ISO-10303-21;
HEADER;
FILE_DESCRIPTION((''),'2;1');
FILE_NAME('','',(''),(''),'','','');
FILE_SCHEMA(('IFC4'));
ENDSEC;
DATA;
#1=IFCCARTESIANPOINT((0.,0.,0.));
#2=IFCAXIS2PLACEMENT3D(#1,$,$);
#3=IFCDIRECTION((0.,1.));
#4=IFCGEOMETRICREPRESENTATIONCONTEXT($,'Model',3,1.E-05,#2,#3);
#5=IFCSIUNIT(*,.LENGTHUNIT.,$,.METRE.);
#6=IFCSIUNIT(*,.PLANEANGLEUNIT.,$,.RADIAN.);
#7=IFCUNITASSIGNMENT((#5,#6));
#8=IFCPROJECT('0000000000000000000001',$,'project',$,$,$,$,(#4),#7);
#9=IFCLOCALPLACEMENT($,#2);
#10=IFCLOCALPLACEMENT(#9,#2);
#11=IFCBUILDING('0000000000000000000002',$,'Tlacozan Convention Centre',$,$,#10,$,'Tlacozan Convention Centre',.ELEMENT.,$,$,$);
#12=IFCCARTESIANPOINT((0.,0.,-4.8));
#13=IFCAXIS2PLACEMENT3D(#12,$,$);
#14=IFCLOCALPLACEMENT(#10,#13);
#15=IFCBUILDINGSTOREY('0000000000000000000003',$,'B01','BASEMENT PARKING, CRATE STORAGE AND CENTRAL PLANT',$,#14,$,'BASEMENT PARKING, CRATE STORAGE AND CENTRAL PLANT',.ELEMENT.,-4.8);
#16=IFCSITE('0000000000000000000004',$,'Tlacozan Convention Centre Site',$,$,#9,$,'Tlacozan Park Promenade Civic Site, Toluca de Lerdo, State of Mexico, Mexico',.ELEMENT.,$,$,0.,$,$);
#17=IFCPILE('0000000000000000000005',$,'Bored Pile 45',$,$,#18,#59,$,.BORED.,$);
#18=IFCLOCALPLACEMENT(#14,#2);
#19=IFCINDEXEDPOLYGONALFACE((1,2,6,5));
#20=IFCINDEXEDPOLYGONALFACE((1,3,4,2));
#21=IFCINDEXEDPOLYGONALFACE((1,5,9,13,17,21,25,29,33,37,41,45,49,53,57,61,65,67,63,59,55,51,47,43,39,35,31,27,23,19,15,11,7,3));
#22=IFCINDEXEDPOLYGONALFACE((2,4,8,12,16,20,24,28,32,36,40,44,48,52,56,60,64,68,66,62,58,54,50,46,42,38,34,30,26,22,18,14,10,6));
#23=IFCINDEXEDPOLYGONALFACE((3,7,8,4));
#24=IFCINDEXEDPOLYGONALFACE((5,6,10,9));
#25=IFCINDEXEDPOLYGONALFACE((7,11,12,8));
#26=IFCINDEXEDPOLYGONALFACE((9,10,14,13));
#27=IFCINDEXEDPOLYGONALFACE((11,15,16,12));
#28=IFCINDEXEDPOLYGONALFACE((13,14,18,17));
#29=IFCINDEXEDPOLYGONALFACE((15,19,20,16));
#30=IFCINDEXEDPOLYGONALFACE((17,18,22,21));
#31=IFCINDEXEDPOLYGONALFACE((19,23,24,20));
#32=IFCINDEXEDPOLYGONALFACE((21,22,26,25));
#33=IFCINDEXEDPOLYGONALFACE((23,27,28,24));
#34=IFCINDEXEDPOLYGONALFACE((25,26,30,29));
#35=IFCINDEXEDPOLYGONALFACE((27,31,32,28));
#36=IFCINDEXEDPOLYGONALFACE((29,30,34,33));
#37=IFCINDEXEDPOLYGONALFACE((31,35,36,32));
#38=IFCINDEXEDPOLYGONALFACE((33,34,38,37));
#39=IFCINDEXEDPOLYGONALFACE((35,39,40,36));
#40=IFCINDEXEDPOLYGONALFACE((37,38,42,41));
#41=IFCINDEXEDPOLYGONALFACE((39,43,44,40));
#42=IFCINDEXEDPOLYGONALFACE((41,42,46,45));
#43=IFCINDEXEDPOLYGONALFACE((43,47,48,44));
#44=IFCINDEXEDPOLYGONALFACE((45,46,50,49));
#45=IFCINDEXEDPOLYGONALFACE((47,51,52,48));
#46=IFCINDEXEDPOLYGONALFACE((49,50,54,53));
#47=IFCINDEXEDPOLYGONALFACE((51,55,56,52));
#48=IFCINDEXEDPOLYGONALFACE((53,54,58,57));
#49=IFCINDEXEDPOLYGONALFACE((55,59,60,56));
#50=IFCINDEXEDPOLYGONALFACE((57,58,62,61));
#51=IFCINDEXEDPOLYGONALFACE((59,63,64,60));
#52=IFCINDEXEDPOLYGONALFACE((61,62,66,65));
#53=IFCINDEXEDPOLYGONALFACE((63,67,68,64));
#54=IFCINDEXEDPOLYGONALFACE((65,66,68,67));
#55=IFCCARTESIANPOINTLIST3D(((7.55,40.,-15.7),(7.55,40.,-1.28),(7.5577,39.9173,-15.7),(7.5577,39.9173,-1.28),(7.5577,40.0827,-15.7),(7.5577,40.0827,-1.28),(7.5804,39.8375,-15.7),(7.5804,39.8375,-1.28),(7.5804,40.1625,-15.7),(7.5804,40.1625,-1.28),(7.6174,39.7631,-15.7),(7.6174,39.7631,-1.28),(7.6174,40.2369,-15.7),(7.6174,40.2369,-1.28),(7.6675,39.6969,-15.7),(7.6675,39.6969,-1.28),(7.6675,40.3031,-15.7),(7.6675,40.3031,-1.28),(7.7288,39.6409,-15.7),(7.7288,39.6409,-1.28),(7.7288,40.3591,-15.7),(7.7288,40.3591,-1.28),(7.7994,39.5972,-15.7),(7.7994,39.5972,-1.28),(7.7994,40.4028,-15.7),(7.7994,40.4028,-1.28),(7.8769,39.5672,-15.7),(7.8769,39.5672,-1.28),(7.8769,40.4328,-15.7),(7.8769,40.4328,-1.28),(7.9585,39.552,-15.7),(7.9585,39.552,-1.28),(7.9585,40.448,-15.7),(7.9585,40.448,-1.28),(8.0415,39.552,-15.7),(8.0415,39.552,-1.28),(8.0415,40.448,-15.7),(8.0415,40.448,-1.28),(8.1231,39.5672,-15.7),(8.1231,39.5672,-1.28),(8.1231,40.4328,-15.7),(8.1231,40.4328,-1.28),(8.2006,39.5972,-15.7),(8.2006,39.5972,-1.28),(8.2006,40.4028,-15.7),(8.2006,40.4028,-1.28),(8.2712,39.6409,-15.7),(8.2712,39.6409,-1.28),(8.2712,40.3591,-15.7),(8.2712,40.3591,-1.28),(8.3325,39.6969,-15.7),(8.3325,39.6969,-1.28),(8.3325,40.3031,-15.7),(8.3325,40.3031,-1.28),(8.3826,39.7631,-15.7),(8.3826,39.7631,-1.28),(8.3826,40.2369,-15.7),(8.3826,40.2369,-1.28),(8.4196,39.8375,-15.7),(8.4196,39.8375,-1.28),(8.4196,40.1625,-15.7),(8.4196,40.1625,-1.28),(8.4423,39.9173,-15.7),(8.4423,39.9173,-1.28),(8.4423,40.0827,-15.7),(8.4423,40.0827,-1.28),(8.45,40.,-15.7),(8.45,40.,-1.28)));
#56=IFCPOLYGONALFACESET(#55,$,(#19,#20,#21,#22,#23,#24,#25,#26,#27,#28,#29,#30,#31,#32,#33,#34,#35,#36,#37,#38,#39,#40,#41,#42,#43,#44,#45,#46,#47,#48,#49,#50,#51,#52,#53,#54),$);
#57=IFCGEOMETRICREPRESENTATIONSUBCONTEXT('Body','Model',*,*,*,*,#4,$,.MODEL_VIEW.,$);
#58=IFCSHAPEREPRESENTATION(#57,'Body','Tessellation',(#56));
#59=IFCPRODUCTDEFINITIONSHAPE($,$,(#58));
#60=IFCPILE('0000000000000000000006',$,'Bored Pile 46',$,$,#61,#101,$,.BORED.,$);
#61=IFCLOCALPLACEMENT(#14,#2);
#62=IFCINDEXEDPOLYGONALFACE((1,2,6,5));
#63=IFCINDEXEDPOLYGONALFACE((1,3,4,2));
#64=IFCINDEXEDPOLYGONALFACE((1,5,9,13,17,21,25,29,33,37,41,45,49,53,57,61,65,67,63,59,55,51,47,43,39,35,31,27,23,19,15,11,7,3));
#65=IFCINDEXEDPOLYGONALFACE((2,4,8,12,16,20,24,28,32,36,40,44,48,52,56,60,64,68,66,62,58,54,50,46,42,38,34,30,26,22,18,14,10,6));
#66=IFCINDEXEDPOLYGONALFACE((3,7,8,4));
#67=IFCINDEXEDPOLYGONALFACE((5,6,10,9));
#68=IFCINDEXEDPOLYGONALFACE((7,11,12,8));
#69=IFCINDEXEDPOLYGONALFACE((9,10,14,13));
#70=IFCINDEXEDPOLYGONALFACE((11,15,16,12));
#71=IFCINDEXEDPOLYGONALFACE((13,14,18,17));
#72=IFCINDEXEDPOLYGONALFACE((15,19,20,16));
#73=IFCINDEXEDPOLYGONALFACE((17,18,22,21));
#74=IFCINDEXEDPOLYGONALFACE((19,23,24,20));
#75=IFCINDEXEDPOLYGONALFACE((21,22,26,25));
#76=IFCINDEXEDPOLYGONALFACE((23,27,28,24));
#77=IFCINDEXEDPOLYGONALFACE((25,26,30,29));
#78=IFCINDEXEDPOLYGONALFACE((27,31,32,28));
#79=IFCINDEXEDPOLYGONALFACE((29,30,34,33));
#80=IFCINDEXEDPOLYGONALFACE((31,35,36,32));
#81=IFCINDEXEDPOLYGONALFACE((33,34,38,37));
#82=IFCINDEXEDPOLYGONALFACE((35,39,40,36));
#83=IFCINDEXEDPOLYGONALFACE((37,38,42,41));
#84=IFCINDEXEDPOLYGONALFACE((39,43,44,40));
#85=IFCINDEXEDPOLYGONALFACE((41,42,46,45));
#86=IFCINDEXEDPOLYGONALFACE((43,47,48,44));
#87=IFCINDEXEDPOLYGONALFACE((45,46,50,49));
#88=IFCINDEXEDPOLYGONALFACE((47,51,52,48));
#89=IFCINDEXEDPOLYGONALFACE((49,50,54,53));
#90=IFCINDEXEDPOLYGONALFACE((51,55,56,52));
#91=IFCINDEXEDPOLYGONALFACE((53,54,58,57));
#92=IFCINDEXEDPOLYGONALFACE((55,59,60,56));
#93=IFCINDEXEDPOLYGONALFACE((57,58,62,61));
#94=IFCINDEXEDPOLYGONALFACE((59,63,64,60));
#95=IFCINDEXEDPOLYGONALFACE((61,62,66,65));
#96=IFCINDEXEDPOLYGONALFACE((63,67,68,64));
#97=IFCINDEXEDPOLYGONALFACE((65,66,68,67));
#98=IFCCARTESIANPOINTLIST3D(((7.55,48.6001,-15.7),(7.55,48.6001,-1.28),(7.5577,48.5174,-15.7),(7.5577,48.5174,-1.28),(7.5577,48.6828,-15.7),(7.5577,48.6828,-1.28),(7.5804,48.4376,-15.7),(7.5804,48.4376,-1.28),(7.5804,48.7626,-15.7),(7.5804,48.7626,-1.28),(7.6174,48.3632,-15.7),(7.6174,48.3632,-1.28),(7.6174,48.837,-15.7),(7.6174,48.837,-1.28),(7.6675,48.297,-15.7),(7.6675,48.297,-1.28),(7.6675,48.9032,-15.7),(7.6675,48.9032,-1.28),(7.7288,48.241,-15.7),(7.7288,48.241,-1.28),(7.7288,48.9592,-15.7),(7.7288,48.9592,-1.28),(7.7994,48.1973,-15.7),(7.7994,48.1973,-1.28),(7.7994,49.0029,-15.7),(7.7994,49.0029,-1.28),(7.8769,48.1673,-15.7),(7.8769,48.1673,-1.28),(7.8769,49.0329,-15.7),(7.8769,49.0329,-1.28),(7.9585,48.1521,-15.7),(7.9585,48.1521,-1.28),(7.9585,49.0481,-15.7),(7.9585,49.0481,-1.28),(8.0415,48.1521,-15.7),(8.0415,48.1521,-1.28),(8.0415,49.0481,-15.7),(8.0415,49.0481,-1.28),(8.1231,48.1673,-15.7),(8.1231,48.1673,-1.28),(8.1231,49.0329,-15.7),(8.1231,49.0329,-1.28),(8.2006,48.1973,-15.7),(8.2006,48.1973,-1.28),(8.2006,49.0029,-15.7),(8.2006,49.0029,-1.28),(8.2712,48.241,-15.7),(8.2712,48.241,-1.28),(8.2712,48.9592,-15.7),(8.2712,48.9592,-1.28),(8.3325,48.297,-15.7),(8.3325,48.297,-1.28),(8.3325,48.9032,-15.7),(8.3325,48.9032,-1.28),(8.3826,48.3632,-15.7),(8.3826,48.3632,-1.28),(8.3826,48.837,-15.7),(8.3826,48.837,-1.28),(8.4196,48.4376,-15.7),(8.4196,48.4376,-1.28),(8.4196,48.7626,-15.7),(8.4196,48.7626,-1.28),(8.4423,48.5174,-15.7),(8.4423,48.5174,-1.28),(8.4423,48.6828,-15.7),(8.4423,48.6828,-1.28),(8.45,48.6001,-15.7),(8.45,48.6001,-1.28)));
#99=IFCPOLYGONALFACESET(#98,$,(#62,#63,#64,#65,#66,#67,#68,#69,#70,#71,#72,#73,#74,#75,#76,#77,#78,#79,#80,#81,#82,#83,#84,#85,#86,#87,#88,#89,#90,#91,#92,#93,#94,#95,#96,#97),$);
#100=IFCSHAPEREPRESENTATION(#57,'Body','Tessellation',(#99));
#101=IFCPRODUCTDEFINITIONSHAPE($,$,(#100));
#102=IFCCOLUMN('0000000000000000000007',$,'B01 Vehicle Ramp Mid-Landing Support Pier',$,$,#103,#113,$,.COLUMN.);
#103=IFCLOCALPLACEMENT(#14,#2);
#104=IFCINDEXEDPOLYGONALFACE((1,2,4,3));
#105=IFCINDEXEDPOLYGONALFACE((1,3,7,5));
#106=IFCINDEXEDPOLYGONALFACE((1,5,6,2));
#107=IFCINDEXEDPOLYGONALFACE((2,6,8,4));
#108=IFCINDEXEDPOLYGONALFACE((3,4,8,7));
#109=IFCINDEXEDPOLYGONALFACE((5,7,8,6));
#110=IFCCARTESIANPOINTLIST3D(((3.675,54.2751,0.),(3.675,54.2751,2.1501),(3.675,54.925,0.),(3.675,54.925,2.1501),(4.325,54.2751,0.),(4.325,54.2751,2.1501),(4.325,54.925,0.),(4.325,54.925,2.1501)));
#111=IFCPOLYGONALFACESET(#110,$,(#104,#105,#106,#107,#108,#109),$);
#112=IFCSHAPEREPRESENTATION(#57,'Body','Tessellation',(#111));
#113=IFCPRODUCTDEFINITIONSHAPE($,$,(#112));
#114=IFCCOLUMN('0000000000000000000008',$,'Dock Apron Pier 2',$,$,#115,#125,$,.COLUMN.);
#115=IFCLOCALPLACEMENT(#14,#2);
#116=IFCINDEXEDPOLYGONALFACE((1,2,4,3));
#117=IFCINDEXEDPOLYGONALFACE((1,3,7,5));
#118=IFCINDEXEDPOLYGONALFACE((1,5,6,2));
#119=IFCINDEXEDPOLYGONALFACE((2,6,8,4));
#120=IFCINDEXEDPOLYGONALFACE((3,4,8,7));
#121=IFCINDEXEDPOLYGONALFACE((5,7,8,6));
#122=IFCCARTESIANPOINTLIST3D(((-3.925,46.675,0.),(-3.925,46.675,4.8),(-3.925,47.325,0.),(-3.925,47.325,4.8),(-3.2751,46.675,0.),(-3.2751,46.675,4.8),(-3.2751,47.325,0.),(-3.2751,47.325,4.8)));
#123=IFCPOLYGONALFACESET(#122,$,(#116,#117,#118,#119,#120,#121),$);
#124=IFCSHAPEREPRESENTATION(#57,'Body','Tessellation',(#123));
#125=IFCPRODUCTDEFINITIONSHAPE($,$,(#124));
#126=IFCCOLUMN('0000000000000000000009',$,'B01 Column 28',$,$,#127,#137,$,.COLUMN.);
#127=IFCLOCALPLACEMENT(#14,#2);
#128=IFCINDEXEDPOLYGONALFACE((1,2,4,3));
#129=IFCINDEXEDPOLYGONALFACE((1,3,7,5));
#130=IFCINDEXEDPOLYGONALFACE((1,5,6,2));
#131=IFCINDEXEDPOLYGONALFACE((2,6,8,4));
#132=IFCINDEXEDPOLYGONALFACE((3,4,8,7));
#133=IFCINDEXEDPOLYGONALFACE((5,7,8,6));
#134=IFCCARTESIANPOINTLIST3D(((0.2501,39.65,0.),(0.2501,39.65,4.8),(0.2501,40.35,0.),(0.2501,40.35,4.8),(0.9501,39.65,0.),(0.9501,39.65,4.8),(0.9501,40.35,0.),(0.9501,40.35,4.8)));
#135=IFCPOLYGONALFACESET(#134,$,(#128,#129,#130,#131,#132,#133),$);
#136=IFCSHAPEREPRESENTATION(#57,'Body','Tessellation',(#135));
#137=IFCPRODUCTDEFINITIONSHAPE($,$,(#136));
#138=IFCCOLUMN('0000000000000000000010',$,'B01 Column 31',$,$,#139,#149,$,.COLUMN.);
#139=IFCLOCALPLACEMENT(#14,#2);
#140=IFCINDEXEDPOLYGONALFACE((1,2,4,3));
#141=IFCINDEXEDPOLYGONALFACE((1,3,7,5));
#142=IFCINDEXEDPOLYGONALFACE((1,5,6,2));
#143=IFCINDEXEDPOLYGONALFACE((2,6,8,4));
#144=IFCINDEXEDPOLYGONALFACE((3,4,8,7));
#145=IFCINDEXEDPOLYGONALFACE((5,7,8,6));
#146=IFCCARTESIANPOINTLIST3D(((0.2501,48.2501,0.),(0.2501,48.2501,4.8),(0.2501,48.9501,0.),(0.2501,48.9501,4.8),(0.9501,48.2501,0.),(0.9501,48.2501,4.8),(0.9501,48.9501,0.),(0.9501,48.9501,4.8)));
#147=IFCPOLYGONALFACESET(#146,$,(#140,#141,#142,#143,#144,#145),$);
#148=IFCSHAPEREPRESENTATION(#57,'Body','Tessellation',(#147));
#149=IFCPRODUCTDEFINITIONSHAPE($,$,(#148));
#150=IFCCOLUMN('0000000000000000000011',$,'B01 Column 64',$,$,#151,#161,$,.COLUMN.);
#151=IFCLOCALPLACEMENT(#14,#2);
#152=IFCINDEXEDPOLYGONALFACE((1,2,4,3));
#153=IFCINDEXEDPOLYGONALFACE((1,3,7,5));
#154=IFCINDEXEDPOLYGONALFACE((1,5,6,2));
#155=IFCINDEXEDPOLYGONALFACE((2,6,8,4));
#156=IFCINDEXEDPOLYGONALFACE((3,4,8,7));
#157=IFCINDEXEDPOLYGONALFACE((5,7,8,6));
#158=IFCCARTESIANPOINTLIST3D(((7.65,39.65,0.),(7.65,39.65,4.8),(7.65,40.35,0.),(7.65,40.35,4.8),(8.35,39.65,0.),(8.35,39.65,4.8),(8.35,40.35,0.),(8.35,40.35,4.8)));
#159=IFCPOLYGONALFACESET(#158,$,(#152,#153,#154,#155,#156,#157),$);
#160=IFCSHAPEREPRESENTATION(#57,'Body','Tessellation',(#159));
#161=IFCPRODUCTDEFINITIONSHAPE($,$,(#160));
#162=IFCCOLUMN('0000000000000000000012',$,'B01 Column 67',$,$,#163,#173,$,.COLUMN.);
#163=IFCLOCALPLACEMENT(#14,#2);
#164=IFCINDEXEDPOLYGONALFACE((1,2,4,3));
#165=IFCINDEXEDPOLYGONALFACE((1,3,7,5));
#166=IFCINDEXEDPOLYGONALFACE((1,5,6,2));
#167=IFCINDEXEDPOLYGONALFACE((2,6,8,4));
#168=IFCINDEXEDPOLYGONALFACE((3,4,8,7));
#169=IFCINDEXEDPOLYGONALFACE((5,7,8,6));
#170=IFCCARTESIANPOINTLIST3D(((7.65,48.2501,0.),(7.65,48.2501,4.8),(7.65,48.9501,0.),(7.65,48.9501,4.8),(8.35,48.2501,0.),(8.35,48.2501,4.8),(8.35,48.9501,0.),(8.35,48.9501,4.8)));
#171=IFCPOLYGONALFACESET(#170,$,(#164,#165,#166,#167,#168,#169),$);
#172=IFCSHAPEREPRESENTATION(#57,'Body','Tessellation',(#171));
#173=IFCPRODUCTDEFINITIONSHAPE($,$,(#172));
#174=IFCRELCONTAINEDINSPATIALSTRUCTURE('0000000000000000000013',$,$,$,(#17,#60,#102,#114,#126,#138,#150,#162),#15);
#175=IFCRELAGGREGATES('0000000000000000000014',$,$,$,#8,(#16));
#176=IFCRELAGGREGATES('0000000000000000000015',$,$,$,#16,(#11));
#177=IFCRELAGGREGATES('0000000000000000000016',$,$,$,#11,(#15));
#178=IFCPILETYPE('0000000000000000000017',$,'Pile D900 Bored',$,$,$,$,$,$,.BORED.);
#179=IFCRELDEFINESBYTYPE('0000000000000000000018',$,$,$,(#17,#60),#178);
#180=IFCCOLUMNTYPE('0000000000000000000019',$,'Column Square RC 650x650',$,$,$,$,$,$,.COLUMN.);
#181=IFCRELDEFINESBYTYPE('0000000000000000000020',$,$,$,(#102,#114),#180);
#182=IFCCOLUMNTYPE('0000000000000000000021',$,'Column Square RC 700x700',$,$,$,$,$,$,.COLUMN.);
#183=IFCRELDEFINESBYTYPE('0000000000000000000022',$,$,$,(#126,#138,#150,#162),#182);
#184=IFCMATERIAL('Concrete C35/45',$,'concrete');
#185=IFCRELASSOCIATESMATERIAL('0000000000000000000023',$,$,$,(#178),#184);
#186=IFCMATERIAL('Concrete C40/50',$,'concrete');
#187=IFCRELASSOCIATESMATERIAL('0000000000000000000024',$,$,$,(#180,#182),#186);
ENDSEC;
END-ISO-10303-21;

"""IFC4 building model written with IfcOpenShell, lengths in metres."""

from ifc_helpers import new_model, si_unit, direction, frame, origin, origin_2d, place, context, subcontext, project, spatial, rectangle, circle, extrude, material, material_profile, profile_set, type_object, element, save


model = new_model("IFC4")

# Units and contexts
model_context = context("Model", 3, precision=1e-05, world=origin(), true_north=direction((0.0, 1.0)))
body_context = subcontext(model_context, "Body", "Model", "MODEL_VIEW")
ifc_project = project(units=[si_unit("LENGTHUNIT", "METRE"), si_unit("PLANEANGLEUNIT", "RADIAN")], contexts=[model_context])

# Site, building, storey
site_placement = place(None, origin())
site = spatial("IfcSite", under=ifc_project, at=site_placement, Name="Tlacozan Convention Centre Site", LongName="Tlacozan Park Promenade Civic Site, Toluca de Lerdo, State of Mexico, Mexico", CompositionType="ELEMENT", RefElevation=0.0)
building_placement = place(site_placement, origin())
building = spatial("IfcBuilding", under=site, at=building_placement, Name="Tlacozan Convention Centre", LongName="Tlacozan Convention Centre", CompositionType="ELEMENT")
storey_placement = place(building_placement, frame((0.0, 0.0, -4.8)))
storey = spatial("IfcBuildingStorey", under=building, at=storey_placement, Name="B01", Description="BASEMENT PARKING, CRATE STORAGE AND CENTRAL PLANT", LongName="BASEMENT PARKING, CRATE STORAGE AND CENTRAL PLANT", CompositionType="ELEMENT", Elevation=-4.8)

# Shared definitions
ifc_material_1 = material(Name="Concrete C35/45", Category="concrete")

# Piles
ifc_material_profile_1 = material_profile(ifc_material_1, circle(Radius=0.45, at=origin_2d()), Name="PILE D900")
ifc_profile_set_1 = profile_set([ifc_material_profile_1], Name="Concrete C35/45")
pile_type = type_object("IfcPileType", Name="Pile D900 Bored", PredefinedType="BORED", material=ifc_profile_set_1)
for number, where, z_axis, x_axis, name in (
    (1, (8.0, 40.0, -1.28), (0.0, 0.0, -1.0), (1.0, 0.0, 0.0), "Bored Pile 45"),
    (2, (8.0, 48.6001, -1.28), (0.0, 0.0, -1.0), (1.0, 0.0, 0.0), "Bored Pile 46"),
):
    element("IfcPile", number, at=place(storey_placement, frame(where, z_axis=z_axis, x_axis=x_axis)), inside=storey, type_object=pile_type, Name=name, PredefinedType="BORED", context=body_context, shape_type="SweptSolid", body=[
        extrude(circle(Radius=0.45, at=origin_2d()), origin(), (0.0, 0.0, 1.0), 14.4199),
    ])

# Columns
ifc_material_2 = material(Name="Concrete C40/50", Category="concrete")
ifc_material_profile_2 = material_profile(ifc_material_2, rectangle(XDim=0.6499, YDim=0.6499, at=origin_2d()), Name="RC 650x650")
ifc_profile_set_2 = profile_set([ifc_material_profile_2], Name="Concrete C40/50")
column_type_1 = type_object("IfcColumnType", Name="Column Square RC 650x650", PredefinedType="COLUMN", material=ifc_profile_set_2)
column_1_placement = place(storey_placement, frame((4.0, 54.6001, 0.0), z_axis=(0.0, 0.0, 1.0), x_axis=(1.0, 0.0, 0.0)))
element("IfcColumn", 3, at=column_1_placement, inside=storey, type_object=column_type_1, Name="B01 Vehicle Ramp Mid-Landing Support Pier", PredefinedType="COLUMN", context=body_context, shape_type="SweptSolid", body=[
    extrude(rectangle(XDim=0.6499, YDim=0.6499, at=origin_2d()), origin(), (0.0, 0.0, 1.0), 2.1501),
])
column_2_placement = place(storey_placement, frame((-3.6001, 47.0, 0.0), z_axis=(0.0, 0.0, 1.0), x_axis=(1.0, 0.0, 0.0)))
element("IfcColumn", 4, at=column_2_placement, inside=storey, type_object=column_type_1, Name="Dock Apron Pier 2", PredefinedType="COLUMN", context=body_context, shape_type="SweptSolid", body=[
    extrude(rectangle(XDim=0.6499, YDim=0.6499, at=origin_2d()), origin(), (0.0, 0.0, 1.0), 4.8),
])
ifc_material_profile_3 = material_profile(ifc_material_2, rectangle(XDim=0.7, YDim=0.7, at=origin_2d()), Name="RC 700x700")
ifc_profile_set_3 = profile_set([ifc_material_profile_3], Name="Concrete C40/50")
column_type_2 = type_object("IfcColumnType", Name="Column Square RC 700x700", PredefinedType="COLUMN", material=ifc_profile_set_3)
for number, where, z_axis, x_axis, name in (
    (5, (0.6001, 40.0, 0.0), (0.0, 0.0, 1.0), (1.0, 0.0, 0.0), "B01 Column 28"),
    (6, (0.6001, 48.6001, 0.0), (0.0, 0.0, 1.0), (1.0, 0.0, 0.0), "B01 Column 31"),
    (7, (8.0, 40.0, 0.0), (0.0, 0.0, 1.0), (1.0, 0.0, 0.0), "B01 Column 64"),
    (8, (8.0, 48.6001, 0.0), (0.0, 0.0, 1.0), (1.0, 0.0, 0.0), "B01 Column 67"),
):
    element("IfcColumn", number, at=place(storey_placement, frame(where, z_axis=z_axis, x_axis=x_axis)), inside=storey, type_object=column_type_2, Name=name, PredefinedType="COLUMN", context=body_context, shape_type="SweptSolid", body=[
        extrude(rectangle(XDim=0.7, YDim=0.7, at=origin_2d()), origin(), (0.0, 0.0, 1.0), 4.8),
    ])

save(model, "model.ifc")
